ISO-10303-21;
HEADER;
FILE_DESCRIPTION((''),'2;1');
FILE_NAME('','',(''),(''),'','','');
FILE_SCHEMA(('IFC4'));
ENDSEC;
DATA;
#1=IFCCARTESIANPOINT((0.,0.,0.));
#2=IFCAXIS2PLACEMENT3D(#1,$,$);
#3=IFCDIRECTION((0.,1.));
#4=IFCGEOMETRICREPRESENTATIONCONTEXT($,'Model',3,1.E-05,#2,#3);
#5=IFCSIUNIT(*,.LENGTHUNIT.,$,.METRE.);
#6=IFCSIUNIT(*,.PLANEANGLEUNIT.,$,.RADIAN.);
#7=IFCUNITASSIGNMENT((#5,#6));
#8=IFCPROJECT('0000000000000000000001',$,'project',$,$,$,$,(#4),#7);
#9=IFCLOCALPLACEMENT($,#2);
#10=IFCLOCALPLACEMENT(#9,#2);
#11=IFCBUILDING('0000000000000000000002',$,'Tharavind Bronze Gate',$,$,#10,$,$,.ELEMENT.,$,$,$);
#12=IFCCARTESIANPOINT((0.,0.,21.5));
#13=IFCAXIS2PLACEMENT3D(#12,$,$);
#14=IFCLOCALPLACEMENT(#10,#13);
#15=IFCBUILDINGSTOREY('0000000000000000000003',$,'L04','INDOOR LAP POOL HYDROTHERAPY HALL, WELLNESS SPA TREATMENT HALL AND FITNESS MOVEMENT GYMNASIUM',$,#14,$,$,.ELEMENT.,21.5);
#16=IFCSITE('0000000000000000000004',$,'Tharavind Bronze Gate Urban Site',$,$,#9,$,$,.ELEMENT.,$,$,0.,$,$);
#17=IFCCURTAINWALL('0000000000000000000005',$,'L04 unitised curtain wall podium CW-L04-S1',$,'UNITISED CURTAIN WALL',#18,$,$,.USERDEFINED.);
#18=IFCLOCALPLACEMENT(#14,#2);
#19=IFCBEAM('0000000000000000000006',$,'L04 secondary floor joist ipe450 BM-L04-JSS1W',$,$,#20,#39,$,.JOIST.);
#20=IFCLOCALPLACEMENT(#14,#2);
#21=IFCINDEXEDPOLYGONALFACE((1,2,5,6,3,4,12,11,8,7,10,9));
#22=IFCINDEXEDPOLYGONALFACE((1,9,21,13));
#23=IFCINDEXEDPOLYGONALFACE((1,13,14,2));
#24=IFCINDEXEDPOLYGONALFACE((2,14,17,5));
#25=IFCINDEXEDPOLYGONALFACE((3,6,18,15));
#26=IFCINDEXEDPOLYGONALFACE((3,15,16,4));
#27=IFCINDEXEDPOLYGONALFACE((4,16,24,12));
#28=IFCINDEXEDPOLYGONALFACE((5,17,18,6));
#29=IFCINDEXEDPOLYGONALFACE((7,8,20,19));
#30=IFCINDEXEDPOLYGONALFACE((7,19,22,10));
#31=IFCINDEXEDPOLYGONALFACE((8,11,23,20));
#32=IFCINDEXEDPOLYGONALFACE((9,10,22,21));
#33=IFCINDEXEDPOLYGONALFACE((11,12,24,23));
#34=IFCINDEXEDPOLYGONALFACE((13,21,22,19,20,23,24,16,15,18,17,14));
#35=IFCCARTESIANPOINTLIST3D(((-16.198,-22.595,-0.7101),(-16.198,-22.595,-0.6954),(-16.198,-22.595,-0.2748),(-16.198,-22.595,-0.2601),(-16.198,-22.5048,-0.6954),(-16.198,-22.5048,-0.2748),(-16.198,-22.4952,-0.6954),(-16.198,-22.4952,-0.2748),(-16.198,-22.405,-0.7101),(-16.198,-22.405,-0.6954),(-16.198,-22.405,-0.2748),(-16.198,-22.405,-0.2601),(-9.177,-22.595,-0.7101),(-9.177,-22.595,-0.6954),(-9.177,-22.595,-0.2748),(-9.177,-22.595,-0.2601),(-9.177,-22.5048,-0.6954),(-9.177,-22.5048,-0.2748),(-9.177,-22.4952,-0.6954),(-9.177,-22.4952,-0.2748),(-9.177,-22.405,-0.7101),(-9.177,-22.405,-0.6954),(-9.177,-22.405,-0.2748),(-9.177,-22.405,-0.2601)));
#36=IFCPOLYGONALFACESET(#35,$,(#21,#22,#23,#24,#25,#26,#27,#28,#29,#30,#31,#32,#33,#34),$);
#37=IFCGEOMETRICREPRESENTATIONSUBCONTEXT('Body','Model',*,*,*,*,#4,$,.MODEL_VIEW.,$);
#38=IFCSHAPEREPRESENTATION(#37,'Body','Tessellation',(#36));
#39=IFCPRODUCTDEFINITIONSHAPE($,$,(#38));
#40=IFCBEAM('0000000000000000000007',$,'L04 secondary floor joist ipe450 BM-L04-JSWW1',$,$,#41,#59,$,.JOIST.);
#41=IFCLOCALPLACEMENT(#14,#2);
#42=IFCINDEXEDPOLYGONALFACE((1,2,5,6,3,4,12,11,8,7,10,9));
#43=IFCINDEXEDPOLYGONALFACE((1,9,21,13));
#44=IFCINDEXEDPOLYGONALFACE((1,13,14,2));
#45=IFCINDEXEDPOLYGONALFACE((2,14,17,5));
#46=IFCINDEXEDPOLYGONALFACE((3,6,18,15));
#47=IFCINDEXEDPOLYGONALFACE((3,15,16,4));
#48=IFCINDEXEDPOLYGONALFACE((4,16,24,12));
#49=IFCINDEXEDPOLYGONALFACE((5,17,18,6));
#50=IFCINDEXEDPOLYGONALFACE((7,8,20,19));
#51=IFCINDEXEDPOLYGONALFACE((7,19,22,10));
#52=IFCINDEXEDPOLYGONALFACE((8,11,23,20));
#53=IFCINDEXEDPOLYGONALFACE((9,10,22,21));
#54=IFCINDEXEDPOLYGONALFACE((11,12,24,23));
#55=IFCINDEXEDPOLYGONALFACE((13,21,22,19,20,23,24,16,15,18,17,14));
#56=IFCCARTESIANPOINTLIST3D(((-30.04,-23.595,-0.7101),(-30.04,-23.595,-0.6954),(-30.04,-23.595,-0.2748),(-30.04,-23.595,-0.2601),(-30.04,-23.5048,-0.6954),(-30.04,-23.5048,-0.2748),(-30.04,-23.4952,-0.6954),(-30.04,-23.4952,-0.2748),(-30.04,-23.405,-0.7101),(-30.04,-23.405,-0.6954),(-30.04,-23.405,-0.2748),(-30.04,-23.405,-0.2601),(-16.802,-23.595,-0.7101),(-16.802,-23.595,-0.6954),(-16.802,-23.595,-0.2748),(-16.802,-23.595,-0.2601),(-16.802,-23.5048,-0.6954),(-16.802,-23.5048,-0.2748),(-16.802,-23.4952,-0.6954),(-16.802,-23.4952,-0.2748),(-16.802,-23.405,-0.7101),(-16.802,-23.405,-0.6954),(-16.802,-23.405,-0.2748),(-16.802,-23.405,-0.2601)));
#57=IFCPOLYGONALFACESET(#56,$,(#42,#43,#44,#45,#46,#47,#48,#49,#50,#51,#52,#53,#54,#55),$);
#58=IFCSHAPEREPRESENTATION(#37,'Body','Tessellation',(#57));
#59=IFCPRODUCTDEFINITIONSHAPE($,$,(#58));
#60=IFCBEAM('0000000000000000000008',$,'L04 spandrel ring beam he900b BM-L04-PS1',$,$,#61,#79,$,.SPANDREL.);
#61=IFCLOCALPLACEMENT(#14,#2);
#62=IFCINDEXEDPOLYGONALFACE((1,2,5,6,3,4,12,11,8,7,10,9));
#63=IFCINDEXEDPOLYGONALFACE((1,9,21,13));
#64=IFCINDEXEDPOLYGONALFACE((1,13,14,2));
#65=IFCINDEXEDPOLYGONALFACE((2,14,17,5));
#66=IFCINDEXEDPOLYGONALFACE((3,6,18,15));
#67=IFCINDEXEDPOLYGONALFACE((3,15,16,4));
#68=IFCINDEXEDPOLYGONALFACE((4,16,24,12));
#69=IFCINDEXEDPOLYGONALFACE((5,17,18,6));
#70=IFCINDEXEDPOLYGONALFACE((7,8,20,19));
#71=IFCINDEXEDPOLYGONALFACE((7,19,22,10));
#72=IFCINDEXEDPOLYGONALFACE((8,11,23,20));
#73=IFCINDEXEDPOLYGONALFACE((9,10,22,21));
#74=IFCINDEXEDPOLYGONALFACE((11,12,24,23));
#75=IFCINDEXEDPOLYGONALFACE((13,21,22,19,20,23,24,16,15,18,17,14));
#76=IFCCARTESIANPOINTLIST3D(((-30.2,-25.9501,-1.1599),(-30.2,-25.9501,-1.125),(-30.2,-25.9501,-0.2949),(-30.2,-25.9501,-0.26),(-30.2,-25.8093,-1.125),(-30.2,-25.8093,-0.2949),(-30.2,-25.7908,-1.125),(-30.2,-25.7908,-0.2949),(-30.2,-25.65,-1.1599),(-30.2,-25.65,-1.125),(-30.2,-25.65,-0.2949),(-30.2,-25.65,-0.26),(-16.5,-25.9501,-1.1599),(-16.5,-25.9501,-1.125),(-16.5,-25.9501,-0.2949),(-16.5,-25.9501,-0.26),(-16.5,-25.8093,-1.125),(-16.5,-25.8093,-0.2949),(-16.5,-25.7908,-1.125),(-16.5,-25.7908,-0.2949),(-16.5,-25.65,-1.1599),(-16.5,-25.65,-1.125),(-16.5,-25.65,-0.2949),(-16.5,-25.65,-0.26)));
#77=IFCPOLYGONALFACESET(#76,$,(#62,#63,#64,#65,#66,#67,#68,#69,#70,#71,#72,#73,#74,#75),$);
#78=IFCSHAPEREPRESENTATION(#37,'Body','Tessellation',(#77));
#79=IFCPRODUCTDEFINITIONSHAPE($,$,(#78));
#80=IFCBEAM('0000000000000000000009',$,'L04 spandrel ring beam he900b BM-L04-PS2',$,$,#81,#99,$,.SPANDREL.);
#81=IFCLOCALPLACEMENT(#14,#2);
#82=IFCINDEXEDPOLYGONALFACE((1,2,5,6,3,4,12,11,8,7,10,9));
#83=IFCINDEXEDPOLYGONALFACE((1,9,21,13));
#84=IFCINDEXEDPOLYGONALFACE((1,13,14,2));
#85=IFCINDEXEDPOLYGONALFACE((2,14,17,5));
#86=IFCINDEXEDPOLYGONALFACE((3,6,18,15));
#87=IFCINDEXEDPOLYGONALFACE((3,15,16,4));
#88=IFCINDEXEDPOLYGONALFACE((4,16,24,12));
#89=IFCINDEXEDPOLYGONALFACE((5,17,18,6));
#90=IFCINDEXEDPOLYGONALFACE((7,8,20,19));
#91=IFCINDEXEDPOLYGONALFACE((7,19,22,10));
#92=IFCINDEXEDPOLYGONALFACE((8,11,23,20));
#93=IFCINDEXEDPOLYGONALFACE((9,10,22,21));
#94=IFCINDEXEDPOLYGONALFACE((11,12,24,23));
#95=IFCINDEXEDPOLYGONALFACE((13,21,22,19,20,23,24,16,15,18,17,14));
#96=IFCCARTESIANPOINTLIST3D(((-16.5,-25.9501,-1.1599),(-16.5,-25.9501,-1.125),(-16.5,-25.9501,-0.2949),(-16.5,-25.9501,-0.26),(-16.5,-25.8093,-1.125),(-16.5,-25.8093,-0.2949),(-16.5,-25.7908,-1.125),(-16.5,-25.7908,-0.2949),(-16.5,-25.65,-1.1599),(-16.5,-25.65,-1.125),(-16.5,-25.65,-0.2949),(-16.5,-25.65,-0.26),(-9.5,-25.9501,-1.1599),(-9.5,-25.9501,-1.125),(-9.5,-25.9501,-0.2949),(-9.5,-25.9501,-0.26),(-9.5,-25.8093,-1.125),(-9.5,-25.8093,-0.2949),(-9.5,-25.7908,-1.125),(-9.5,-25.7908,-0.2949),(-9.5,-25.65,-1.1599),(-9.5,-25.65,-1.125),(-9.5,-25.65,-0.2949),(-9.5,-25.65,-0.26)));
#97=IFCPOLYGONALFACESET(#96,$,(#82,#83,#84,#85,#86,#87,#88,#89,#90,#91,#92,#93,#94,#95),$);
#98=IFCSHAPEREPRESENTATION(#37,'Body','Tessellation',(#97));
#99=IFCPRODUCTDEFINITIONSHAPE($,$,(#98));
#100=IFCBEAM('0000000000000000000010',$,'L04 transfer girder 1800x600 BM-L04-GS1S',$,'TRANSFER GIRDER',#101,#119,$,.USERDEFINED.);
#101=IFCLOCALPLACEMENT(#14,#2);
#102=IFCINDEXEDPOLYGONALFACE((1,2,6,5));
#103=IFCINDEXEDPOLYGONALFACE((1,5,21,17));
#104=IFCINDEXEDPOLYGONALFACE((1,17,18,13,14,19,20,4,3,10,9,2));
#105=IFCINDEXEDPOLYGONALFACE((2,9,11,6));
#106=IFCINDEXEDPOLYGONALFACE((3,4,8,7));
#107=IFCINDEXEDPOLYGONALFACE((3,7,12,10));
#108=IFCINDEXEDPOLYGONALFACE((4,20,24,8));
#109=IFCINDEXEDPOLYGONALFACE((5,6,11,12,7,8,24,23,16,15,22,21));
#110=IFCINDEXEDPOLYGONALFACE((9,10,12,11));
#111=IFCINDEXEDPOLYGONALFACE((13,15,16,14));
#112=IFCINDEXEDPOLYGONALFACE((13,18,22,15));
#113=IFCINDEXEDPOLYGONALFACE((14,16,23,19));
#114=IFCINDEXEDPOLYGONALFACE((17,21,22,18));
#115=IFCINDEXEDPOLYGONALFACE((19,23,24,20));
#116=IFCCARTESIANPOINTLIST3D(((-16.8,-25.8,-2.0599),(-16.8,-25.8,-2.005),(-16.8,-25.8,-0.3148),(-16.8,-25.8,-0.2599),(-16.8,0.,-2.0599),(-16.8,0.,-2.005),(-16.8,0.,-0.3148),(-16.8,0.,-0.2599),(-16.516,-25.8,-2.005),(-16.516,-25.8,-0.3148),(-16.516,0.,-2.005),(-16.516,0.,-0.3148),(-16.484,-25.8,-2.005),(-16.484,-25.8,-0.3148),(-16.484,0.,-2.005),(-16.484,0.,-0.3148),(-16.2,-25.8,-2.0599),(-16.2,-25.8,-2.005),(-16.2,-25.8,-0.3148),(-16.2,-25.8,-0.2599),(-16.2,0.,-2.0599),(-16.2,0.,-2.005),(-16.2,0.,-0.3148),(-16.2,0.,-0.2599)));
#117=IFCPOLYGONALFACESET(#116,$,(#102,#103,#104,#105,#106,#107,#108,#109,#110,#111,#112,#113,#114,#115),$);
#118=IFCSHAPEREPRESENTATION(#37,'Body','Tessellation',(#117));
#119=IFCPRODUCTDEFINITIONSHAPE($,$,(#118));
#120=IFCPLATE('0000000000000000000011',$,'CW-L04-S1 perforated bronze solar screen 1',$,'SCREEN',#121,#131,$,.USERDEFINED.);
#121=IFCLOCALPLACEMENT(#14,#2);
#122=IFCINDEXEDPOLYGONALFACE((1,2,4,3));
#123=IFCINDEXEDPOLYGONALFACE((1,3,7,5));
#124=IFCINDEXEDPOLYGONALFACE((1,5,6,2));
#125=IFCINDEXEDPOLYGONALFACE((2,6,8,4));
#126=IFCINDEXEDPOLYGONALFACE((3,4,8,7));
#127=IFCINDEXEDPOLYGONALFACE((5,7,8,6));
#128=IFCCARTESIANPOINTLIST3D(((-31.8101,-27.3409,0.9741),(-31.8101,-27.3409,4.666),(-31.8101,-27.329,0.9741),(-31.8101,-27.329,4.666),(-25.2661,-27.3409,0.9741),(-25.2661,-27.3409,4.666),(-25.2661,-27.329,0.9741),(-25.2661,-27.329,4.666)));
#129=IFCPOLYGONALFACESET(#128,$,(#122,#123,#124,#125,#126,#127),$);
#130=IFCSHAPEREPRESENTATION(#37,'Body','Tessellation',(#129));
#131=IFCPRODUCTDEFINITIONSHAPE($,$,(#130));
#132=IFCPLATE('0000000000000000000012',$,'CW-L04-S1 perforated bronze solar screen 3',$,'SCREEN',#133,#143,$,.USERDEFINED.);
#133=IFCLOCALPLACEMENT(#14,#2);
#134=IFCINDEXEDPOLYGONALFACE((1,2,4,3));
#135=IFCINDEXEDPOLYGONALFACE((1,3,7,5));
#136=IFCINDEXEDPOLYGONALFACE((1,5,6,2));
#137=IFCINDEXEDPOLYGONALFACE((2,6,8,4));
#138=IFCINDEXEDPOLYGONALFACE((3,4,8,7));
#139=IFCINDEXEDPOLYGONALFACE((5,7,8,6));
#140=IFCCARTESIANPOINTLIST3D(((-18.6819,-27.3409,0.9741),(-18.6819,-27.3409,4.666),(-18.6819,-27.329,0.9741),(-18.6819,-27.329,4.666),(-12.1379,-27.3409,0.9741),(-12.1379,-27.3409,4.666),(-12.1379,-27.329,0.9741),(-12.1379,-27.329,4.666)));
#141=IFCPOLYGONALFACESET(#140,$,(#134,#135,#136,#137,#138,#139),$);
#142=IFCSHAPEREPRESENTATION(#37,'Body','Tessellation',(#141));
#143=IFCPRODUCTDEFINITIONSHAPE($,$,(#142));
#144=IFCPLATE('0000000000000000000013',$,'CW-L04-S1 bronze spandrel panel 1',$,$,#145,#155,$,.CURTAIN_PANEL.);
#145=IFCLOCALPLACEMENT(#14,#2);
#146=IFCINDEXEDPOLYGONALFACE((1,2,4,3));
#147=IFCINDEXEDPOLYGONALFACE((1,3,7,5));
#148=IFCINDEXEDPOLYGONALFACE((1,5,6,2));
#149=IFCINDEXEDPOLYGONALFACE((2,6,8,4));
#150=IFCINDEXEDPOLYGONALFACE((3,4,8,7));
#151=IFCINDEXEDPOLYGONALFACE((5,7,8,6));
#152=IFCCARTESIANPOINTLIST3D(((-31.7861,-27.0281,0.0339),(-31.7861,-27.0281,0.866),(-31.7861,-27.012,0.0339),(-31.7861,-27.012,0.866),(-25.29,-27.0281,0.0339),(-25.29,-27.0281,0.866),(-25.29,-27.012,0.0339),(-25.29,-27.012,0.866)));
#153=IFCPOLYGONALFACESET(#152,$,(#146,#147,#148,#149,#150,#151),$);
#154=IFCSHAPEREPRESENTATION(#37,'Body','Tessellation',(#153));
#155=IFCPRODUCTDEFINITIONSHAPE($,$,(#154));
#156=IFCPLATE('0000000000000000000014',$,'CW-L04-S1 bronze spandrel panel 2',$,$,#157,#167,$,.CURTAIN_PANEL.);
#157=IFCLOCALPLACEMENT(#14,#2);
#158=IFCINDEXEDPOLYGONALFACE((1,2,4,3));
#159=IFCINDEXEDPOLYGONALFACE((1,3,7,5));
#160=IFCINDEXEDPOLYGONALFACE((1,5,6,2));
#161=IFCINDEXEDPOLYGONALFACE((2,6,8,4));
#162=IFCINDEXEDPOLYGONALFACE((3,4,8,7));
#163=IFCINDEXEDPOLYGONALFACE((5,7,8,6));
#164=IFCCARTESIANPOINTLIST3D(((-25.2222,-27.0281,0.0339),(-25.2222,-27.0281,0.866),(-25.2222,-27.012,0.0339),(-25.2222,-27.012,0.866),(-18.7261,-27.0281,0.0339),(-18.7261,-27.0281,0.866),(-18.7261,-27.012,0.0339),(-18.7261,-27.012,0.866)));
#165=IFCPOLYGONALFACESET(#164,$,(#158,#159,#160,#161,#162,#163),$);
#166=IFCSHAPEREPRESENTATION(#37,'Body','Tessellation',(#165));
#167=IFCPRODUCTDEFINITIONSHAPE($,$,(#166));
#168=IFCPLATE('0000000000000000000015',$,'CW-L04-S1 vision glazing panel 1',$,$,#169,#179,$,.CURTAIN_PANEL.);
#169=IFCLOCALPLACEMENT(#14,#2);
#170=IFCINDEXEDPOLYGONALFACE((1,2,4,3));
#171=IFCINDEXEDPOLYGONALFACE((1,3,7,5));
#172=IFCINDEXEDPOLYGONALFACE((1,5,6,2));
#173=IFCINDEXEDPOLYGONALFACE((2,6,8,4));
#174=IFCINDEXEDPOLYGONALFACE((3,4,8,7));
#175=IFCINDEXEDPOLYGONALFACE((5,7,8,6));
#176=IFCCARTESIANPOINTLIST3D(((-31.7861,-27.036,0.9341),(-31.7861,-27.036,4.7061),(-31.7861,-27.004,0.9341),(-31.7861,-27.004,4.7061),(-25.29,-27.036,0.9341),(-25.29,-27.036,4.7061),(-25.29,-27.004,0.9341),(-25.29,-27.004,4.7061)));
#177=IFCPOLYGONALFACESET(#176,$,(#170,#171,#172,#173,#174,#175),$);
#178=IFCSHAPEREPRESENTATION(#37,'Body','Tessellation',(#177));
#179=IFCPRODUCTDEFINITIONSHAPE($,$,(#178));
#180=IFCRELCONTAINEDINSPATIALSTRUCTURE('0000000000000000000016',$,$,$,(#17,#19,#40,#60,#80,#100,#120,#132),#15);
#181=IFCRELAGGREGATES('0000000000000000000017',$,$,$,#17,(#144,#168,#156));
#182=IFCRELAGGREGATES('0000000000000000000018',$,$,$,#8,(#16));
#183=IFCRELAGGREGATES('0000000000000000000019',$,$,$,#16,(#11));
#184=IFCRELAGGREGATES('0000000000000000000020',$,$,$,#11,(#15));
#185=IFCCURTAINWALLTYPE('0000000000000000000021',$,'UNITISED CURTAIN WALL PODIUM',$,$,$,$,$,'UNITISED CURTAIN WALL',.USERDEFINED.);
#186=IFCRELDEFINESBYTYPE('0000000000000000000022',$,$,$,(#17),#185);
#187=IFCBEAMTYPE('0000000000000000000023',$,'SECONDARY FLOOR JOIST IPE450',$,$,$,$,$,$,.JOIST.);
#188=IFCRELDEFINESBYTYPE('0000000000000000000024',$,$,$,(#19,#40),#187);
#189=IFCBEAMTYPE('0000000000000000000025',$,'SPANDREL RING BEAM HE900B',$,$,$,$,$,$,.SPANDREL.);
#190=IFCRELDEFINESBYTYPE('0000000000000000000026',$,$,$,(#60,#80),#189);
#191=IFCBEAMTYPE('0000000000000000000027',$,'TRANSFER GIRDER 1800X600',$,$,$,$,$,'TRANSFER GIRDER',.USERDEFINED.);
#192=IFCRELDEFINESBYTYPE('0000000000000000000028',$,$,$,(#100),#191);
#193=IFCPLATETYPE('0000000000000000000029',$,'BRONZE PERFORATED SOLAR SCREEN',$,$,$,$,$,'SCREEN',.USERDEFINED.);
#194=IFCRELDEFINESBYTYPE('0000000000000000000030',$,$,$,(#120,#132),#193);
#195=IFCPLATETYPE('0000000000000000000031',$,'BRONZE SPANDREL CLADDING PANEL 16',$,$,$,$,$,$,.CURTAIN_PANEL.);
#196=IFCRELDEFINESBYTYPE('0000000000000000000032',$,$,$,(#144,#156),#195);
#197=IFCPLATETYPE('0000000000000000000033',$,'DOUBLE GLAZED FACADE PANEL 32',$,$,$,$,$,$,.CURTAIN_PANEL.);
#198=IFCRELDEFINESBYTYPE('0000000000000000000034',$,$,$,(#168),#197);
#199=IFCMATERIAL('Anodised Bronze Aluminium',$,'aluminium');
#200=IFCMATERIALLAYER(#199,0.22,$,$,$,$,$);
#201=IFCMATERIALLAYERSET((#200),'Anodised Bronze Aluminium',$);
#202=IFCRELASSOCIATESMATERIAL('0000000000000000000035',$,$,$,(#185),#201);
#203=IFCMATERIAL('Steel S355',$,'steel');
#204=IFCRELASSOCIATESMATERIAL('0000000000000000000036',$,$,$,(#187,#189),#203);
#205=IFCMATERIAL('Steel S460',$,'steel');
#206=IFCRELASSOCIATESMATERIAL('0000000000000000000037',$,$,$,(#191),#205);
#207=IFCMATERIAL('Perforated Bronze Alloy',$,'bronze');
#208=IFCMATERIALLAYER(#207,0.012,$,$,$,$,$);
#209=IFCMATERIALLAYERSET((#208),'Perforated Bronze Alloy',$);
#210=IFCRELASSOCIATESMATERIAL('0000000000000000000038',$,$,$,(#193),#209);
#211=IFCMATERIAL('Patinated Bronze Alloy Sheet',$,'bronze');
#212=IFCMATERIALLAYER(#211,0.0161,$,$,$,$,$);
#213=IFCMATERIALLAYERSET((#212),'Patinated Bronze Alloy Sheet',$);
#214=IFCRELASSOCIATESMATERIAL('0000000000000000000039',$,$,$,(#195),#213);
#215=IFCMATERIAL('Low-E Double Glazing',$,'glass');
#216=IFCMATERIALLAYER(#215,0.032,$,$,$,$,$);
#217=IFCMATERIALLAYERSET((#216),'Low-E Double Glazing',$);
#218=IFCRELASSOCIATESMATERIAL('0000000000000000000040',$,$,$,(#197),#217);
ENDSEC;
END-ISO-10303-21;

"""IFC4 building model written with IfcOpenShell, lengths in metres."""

from ifc_helpers import new_model, si_unit, direction, frame, origin, origin_2d, place, context, subcontext, project, spatial, rectangle, i_section, extrude, material, layer, layer_set, material_profile, profile_set, type_object, element, aggregate, save


model = new_model("IFC4")

# Units and contexts
model_context = context("Model", 3, precision=1e-05, world=origin(), true_north=direction((0.0, 1.0)))
body_context = subcontext(model_context, "Body", "Model", "MODEL_VIEW")
ifc_project = project(units=[si_unit("LENGTHUNIT", "METRE"), si_unit("PLANEANGLEUNIT", "RADIAN")], contexts=[model_context])

# Site, building, storey
site_placement = place(None, origin())
site = spatial("IfcSite", under=ifc_project, at=site_placement, Name="Tharavind Bronze Gate Urban Site", CompositionType="ELEMENT", RefElevation=0.0)
building_placement = place(site_placement, origin())
building = spatial("IfcBuilding", under=site, at=building_placement, Name="Tharavind Bronze Gate", CompositionType="ELEMENT")
storey_placement = place(building_placement, frame((0.0, 0.0, 21.5)))
storey = spatial("IfcBuildingStorey", under=building, at=storey_placement, Name="L04", Description="INDOOR LAP POOL HYDROTHERAPY HALL, WELLNESS SPA TREATMENT HALL AND FITNESS MOVEMENT GYMNASIUM", CompositionType="ELEMENT", Elevation=21.5)

# Shared definitions
ifc_material_1 = material(Name="Steel S460", Category="steel")

# Curtain wall
ifc_material_2 = material(Name="Anodised Bronze Aluminium", Category="aluminium")
ifc_layer_1 = layer(ifc_material_2, 0.22)
ifc_layer_set_1 = layer_set([ifc_layer_1], Name="Anodised Bronze Aluminium")
curtain_wall_type = type_object("IfcCurtainWallType", Name="UNITISED CURTAIN WALL PODIUM", ElementType="UNITISED CURTAIN WALL", PredefinedType="USERDEFINED", material=ifc_layer_set_1)
curtain_wall_placement = place(storey_placement, origin())
curtain_wall = element("IfcCurtainWall", 1, at=curtain_wall_placement, inside=storey, type_object=curtain_wall_type, Name="L04 unitised curtain wall podium CW-L04-S1", ObjectType="UNITISED CURTAIN WALL", PredefinedType="USERDEFINED")

# Beams
ifc_material_3 = material(Name="Steel S355", Category="steel")
ifc_material_profile_1 = material_profile(ifc_material_3, i_section(OverallWidth=0.1899, OverallDepth=0.45, WebThickness=0.0095, FlangeThickness=0.0146, at=origin_2d()), Name="IPE450")
ifc_profile_set_1 = profile_set([ifc_material_profile_1], Name="Steel S355")
beam_type_1 = type_object("IfcBeamType", Name="SECONDARY FLOOR JOIST IPE450", PredefinedType="JOIST", material=ifc_profile_set_1)
beam_1_placement = place(storey_placement, frame((-16.198, -22.5, -0.4851), z_axis=(1.0, 0.0, 0.0), x_axis=(0.0, 1.0, 0.0)))
element("IfcBeam", 2, at=beam_1_placement, inside=storey, type_object=beam_type_1, Name="L04 secondary floor joist ipe450 BM-L04-JSS1W", PredefinedType="JOIST", context=body_context, shape_type="SweptSolid", body=[
    extrude(i_section(OverallWidth=0.1899, OverallDepth=0.45, WebThickness=0.0095, FlangeThickness=0.0146, at=origin_2d()), origin(), (0.0, 0.0, 1.0), 7.021),
])
beam_2_placement = place(storey_placement, frame((-30.04, -23.5, -0.4851), z_axis=(1.0, 0.0, 0.0), x_axis=(0.0, 1.0, 0.0)))
element("IfcBeam", 3, at=beam_2_placement, inside=storey, type_object=beam_type_1, Name="L04 secondary floor joist ipe450 BM-L04-JSWW1", PredefinedType="JOIST", context=body_context, shape_type="SweptSolid", body=[
    extrude(i_section(OverallWidth=0.1899, OverallDepth=0.45, WebThickness=0.0095, FlangeThickness=0.0146, at=origin_2d()), origin(), (0.0, 0.0, 1.0), 13.238),
])
ifc_material_profile_2 = material_profile(ifc_material_3, i_section(OverallWidth=0.3, OverallDepth=0.8999, WebThickness=0.0186, FlangeThickness=0.0349, at=origin_2d()), Name="HE900B")
ifc_profile_set_2 = profile_set([ifc_material_profile_2], Name="Steel S355")
beam_type_2 = type_object("IfcBeamType", Name="SPANDREL RING BEAM HE900B", PredefinedType="SPANDREL", material=ifc_profile_set_2)
beam_3_placement = place(storey_placement, frame((-30.2, -25.8, -0.71), z_axis=(1.0, 0.0, 0.0), x_axis=(0.0, 1.0, 0.0)))
element("IfcBeam", 4, at=beam_3_placement, inside=storey, type_object=beam_type_2, Name="L04 spandrel ring beam he900b BM-L04-PS1", PredefinedType="SPANDREL", context=body_context, shape_type="SweptSolid", body=[
    extrude(i_section(OverallWidth=0.3, OverallDepth=0.8999, WebThickness=0.0186, FlangeThickness=0.0349, at=origin_2d()), origin(), (0.0, 0.0, 1.0), 13.7),
])
beam_4_placement = place(storey_placement, frame((-16.5, -25.8, -0.71), z_axis=(1.0, 0.0, 0.0), x_axis=(0.0, 1.0, 0.0)))
element("IfcBeam", 5, at=beam_4_placement, inside=storey, type_object=beam_type_2, Name="L04 spandrel ring beam he900b BM-L04-PS2", PredefinedType="SPANDREL", context=body_context, shape_type="SweptSolid", body=[
    extrude(i_section(OverallWidth=0.3, OverallDepth=0.8999, WebThickness=0.0186, FlangeThickness=0.0349, at=origin_2d()), origin(), (0.0, 0.0, 1.0), 7.0),
])
ifc_material_profile_3 = material_profile(ifc_material_1, i_section(OverallWidth=0.6001, OverallDepth=1.8, WebThickness=0.032, FlangeThickness=0.0549, at=origin_2d()), Name="PG1800X600")
ifc_profile_set_3 = profile_set([ifc_material_profile_3], Name="Steel S460")
beam_type_3 = type_object("IfcBeamType", Name="TRANSFER GIRDER 1800X600", ElementType="TRANSFER GIRDER", PredefinedType="USERDEFINED", material=ifc_profile_set_3)
beam_5_placement = place(storey_placement, frame((-16.5, -25.8, -1.1599), z_axis=(0.0, 1.0, 0.0), x_axis=(-1.0, 0.0, 0.0)))
element("IfcBeam", 6, at=beam_5_placement, inside=storey, type_object=beam_type_3, Name="L04 transfer girder 1800x600 BM-L04-GS1S", ObjectType="TRANSFER GIRDER", PredefinedType="USERDEFINED", context=body_context, shape_type="SweptSolid", body=[
    extrude(i_section(OverallWidth=0.6001, OverallDepth=1.8, WebThickness=0.032, FlangeThickness=0.0549, at=origin_2d()), origin(), (0.0, 0.0, 1.0), 25.8),
])

# Plates
ifc_material_4 = material(Name="Perforated Bronze Alloy", Category="bronze")
ifc_layer_2 = layer(ifc_material_4, 0.012)
ifc_layer_set_2 = layer_set([ifc_layer_2], Name="Perforated Bronze Alloy")
plate_type_1 = type_object("IfcPlateType", Name="BRONZE PERFORATED SOLAR SCREEN", ElementType="SCREEN", PredefinedType="USERDEFINED", material=ifc_layer_set_2)
for number, where, z_axis, x_axis, name in (
    (7, (-28.5381, -27.335, 0.9741), (0.0, 0.0, 1.0), (1.0, 0.0, 0.0), "CW-L04-S1 perforated bronze solar screen 1"),
    (8, (-15.4099, -27.335, 0.9741), (0.0, 0.0, 1.0), (1.0, 0.0, 0.0), "CW-L04-S1 perforated bronze solar screen 3"),
):
    element("IfcPlate", number, at=place(storey_placement, frame(where, z_axis=z_axis, x_axis=x_axis)), inside=storey, type_object=plate_type_1, Name=name, ObjectType="SCREEN", PredefinedType="USERDEFINED", context=body_context, shape_type="SweptSolid", body=[
        extrude(rectangle(XDim=6.5439, YDim=0.012, at=origin_2d()), origin(), (0.0, 0.0, 1.0), 3.6919),
    ])

# Plates
ifc_material_5 = material(Name="Patinated Bronze Alloy Sheet", Category="bronze")
ifc_layer_3 = layer(ifc_material_5, 0.0161)
ifc_layer_set_3 = layer_set([ifc_layer_3], Name="Patinated Bronze Alloy Sheet")
plate_type_2 = type_object("IfcPlateType", Name="BRONZE SPANDREL CLADDING PANEL 16", PredefinedType="CURTAIN_PANEL", material=ifc_layer_set_3)
plate_1_placement = place(storey_placement, frame((-28.5381, -27.02, 0.0339), z_axis=(0.0, 0.0, 1.0), x_axis=(1.0, 0.0, 0.0)))
plate_1 = element("IfcPlate", 9, at=plate_1_placement, type_object=plate_type_2, Name="CW-L04-S1 bronze spandrel panel 1", PredefinedType="CURTAIN_PANEL", context=body_context, shape_type="SweptSolid", body=[
    extrude(rectangle(XDim=6.4961, YDim=0.0161, at=origin_2d()), origin(), (0.0, 0.0, 1.0), 0.832),
])
plate_2_placement = place(storey_placement, frame((-21.9741, -27.02, 0.0339), z_axis=(0.0, 0.0, 1.0), x_axis=(1.0, 0.0, 0.0)))
plate_2 = element("IfcPlate", 10, at=plate_2_placement, type_object=plate_type_2, Name="CW-L04-S1 bronze spandrel panel 2", PredefinedType="CURTAIN_PANEL", context=body_context, shape_type="SweptSolid", body=[
    extrude(rectangle(XDim=6.4961, YDim=0.0161, at=origin_2d()), origin(), (0.0, 0.0, 1.0), 0.832),
])
ifc_material_6 = material(Name="Low-E Double Glazing", Category="glass")
ifc_layer_4 = layer(ifc_material_6, 0.032)
ifc_layer_set_4 = layer_set([ifc_layer_4], Name="Low-E Double Glazing")
plate_type_3 = type_object("IfcPlateType", Name="DOUBLE GLAZED FACADE PANEL 32", PredefinedType="CURTAIN_PANEL", material=ifc_layer_set_4)
plate_3_placement = place(storey_placement, frame((-28.5381, -27.02, 0.9341), z_axis=(0.0, 0.0, 1.0), x_axis=(1.0, 0.0, 0.0)))
plate_3 = element("IfcPlate", 11, at=plate_3_placement, type_object=plate_type_3, Name="CW-L04-S1 vision glazing panel 1", PredefinedType="CURTAIN_PANEL", context=body_context, shape_type="SweptSolid", body=[
    extrude(rectangle(XDim=6.4961, YDim=0.032, at=origin_2d()), origin(), (0.0, 0.0, 1.0), 3.772),
])
aggregate(curtain_wall, [plate_1, plate_3, plate_2])

save(model, "model.ifc")
